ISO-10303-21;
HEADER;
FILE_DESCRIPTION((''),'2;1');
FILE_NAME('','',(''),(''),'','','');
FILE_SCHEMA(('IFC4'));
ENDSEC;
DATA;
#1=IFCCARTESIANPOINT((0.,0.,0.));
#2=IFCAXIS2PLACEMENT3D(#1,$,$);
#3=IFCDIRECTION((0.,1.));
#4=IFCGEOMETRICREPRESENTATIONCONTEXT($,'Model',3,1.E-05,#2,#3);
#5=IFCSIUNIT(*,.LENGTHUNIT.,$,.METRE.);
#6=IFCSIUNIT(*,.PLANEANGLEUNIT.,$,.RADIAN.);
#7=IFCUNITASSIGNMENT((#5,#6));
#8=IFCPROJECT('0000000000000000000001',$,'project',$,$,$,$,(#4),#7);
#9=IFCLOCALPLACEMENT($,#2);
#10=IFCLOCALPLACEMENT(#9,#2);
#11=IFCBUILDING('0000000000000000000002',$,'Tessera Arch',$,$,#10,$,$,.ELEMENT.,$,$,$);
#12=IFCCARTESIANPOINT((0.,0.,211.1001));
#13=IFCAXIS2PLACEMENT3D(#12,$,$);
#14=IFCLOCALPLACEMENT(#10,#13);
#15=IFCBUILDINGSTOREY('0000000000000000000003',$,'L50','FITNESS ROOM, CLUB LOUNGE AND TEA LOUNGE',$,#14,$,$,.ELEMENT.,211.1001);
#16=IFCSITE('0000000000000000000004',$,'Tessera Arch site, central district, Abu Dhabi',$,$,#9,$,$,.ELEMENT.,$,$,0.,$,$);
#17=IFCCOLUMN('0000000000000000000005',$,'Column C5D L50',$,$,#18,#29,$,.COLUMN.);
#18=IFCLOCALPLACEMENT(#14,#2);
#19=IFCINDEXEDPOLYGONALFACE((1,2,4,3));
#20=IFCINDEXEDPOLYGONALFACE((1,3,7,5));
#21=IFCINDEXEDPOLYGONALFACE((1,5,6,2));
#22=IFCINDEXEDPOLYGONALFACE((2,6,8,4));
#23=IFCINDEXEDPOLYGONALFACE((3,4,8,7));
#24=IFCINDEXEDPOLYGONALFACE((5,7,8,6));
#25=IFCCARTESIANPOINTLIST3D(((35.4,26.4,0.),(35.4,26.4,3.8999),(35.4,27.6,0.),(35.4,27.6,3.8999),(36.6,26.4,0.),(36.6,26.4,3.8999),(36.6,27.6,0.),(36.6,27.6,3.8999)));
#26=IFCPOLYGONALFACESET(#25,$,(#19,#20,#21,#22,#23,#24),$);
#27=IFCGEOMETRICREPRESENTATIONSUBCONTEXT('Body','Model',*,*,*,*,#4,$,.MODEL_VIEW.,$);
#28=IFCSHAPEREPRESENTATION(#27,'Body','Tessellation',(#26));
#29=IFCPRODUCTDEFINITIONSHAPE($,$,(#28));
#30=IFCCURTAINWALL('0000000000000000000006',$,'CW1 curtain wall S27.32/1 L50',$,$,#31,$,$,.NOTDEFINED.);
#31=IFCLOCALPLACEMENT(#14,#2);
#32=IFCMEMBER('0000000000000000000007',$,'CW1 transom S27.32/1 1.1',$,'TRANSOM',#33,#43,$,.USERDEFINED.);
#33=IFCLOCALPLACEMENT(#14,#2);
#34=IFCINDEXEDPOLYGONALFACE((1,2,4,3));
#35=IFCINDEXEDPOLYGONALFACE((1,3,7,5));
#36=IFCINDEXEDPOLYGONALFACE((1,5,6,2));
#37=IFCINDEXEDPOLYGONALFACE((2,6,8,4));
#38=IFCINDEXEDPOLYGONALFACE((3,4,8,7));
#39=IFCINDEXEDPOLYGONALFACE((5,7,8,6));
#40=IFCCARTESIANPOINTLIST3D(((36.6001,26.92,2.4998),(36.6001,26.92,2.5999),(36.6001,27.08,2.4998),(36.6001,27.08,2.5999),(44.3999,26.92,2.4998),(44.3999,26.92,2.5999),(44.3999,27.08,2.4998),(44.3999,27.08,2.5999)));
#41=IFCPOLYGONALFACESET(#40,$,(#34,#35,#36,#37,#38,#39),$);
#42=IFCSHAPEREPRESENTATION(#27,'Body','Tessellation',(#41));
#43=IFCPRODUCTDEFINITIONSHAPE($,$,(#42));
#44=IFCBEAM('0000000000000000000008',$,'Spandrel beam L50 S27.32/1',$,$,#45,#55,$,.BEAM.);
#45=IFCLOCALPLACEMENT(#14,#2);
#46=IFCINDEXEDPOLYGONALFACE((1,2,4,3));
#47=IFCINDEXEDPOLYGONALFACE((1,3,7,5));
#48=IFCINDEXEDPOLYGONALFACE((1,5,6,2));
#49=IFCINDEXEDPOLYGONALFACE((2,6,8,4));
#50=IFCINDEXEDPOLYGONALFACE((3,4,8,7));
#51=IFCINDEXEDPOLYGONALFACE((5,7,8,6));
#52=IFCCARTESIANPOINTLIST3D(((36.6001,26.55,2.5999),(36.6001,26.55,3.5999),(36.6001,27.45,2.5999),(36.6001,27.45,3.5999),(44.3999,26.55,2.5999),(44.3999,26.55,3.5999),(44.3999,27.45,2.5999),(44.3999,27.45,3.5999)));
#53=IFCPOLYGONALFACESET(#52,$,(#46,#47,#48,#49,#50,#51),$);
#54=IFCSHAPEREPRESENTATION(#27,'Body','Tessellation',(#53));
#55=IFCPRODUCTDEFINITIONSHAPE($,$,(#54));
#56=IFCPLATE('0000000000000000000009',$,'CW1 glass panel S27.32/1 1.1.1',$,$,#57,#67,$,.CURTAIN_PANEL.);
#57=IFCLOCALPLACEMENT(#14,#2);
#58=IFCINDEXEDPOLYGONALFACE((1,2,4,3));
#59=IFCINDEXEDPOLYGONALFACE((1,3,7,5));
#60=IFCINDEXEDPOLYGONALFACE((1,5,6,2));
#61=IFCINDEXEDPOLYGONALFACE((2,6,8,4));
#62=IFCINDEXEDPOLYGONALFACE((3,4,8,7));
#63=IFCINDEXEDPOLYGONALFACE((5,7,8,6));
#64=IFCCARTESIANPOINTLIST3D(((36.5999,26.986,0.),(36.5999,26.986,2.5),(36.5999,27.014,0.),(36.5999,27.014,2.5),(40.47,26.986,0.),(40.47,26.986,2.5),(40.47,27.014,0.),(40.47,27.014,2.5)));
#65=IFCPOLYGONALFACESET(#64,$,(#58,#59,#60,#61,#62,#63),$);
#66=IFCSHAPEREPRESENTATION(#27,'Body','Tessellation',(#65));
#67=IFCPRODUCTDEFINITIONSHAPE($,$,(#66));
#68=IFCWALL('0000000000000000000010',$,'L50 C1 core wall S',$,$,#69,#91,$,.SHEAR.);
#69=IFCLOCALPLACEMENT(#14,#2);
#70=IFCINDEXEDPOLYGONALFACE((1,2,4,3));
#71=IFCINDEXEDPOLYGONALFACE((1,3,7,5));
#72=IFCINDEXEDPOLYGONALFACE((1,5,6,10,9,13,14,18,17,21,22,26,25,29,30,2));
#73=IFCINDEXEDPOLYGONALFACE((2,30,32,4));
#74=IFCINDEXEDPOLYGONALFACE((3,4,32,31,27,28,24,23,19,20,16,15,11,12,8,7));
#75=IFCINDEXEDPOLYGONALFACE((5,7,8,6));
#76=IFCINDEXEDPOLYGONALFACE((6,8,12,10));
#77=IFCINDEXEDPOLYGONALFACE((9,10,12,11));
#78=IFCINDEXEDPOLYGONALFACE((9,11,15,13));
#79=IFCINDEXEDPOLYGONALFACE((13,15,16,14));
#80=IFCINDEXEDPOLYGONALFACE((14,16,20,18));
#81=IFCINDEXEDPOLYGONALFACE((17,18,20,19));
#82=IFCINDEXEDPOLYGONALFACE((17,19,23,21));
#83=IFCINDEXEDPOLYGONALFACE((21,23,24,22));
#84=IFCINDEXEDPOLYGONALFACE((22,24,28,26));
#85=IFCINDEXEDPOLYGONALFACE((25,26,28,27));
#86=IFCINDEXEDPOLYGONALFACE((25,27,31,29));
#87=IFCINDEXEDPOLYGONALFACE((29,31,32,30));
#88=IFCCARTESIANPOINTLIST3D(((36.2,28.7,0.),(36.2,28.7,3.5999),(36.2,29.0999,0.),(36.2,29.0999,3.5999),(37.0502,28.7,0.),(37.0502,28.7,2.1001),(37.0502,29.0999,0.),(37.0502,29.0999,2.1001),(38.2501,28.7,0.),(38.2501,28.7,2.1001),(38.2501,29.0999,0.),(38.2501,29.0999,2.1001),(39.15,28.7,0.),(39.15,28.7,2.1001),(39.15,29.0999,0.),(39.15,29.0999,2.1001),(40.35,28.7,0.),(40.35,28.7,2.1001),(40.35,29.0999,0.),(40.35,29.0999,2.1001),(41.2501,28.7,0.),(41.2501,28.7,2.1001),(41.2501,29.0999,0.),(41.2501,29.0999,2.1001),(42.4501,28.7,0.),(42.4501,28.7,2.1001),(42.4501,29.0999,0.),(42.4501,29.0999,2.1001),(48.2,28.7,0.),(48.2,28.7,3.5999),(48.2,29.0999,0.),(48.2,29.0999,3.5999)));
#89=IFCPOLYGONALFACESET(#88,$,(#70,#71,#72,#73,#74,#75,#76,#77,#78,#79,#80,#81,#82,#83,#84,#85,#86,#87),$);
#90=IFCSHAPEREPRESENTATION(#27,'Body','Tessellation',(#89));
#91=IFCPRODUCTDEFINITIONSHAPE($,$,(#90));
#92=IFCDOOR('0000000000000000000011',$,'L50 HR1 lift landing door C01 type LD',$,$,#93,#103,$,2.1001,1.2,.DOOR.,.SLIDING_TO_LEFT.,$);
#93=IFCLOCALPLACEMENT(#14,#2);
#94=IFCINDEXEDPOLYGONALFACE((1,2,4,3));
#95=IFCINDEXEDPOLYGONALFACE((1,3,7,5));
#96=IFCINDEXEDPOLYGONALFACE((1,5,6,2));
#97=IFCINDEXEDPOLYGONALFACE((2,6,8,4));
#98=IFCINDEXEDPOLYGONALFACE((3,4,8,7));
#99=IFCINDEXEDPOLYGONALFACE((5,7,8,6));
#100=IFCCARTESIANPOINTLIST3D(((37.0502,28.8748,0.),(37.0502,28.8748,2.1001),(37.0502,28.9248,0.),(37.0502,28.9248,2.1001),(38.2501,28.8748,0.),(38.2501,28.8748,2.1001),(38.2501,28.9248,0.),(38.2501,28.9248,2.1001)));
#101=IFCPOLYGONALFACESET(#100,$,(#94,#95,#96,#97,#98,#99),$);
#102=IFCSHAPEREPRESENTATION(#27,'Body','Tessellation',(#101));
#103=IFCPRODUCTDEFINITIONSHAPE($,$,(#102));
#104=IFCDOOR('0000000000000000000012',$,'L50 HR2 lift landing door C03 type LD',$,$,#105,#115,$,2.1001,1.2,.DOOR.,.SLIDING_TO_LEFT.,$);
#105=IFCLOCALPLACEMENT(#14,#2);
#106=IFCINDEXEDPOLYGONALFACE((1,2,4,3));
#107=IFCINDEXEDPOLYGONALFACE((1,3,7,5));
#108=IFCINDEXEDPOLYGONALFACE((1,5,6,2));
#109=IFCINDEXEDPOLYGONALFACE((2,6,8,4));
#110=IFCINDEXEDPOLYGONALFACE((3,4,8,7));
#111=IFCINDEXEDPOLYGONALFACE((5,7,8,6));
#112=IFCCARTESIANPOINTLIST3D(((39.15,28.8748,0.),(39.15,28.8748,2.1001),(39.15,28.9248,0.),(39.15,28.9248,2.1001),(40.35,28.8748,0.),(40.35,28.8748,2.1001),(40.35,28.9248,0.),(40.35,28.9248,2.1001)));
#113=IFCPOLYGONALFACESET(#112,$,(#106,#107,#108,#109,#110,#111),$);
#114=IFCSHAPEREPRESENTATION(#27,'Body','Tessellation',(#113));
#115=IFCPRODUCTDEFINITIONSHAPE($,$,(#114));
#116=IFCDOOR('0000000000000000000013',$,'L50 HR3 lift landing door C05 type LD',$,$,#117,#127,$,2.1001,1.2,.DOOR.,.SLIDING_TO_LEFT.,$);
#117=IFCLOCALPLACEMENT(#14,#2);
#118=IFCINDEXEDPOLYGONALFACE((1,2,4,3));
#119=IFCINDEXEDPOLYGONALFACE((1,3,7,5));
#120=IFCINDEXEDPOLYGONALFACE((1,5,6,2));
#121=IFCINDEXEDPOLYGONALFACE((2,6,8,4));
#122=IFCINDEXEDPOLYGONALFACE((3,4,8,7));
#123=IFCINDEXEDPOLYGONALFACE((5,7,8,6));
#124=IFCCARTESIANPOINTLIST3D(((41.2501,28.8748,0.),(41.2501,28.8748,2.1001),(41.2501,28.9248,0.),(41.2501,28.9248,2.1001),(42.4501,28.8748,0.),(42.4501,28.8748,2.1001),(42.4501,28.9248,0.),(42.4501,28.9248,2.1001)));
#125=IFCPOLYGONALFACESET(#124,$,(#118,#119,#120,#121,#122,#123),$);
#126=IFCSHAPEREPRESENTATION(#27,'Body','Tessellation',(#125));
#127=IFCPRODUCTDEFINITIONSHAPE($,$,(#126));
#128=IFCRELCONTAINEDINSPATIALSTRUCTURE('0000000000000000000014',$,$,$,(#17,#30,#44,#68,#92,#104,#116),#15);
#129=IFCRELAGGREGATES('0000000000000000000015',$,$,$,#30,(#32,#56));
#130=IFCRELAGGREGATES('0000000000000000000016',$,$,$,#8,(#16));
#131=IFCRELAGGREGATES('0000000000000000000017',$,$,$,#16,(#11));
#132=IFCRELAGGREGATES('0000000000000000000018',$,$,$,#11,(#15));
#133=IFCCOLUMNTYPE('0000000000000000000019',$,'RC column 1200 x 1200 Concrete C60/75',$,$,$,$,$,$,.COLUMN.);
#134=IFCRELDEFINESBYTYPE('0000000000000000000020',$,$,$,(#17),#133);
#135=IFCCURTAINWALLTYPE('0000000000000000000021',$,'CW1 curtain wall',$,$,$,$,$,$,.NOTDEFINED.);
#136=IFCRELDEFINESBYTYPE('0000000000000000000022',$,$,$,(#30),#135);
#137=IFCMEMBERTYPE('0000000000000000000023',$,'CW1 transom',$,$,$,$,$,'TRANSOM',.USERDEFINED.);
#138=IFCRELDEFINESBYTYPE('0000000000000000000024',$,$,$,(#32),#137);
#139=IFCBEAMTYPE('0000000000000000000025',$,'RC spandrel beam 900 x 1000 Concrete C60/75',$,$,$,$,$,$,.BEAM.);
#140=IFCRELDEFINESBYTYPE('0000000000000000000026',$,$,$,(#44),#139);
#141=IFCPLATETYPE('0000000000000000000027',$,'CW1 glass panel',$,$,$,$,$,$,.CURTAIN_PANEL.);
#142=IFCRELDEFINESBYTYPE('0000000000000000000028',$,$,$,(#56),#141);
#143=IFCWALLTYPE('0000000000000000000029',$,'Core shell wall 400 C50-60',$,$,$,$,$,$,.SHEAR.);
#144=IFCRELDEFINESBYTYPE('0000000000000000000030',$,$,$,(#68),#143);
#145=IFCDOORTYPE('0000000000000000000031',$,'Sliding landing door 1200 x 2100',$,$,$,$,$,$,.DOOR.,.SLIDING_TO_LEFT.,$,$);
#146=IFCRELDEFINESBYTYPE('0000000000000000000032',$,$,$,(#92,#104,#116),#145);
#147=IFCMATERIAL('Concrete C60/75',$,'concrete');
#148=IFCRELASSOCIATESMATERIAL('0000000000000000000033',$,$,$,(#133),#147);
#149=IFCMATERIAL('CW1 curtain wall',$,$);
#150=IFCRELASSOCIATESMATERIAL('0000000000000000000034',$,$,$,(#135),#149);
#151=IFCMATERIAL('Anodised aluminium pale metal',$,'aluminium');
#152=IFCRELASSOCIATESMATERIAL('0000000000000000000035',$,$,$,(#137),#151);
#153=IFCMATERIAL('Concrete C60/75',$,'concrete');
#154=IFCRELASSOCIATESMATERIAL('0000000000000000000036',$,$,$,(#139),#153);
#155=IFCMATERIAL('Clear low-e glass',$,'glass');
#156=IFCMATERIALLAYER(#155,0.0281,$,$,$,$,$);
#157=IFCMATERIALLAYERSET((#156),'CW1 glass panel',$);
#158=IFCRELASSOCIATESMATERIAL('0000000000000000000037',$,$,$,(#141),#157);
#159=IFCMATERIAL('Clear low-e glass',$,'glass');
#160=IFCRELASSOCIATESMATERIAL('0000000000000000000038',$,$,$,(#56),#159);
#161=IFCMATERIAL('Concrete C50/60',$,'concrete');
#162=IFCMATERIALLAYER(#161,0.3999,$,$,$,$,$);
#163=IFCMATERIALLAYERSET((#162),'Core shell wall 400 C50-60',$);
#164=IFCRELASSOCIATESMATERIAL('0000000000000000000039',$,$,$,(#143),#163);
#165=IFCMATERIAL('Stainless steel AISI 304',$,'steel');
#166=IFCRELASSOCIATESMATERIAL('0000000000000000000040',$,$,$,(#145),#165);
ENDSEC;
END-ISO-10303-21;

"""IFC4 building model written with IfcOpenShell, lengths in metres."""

from ifc_helpers import new_model, si_unit, direction, frame, frame_2d, origin, origin_2d, place, context, subcontext, project, spatial, rectangle, extrude, material, layer, layer_set, material_profile, profile_set, type_object, element, fill, aggregate, save


model = new_model("IFC4")

# Units and contexts
model_context = context("Model", 3, precision=1e-05, world=origin(), true_north=direction((0.0, 1.0)))
body_context = subcontext(model_context, "Body", "Model", "MODEL_VIEW")
ifc_project = project(units=[si_unit("LENGTHUNIT", "METRE"), si_unit("PLANEANGLEUNIT", "RADIAN")], contexts=[model_context])

# Site, building, storey
site_placement = place(None, origin())
site = spatial("IfcSite", under=ifc_project, at=site_placement, Name="Tessera Arch site, central district, Abu Dhabi", CompositionType="ELEMENT", RefElevation=0.0)
building_placement = place(site_placement, origin())
building = spatial("IfcBuilding", under=site, at=building_placement, Name="Tessera Arch", CompositionType="ELEMENT")
storey_placement = place(building_placement, frame((0.0, 0.0, 211.1001)))
storey = spatial("IfcBuildingStorey", under=building, at=storey_placement, Name="L50", Description="FITNESS ROOM, CLUB LOUNGE AND TEA LOUNGE", CompositionType="ELEMENT", Elevation=211.1001)

# Column
ifc_material_1 = material(Name="Concrete C60/75", Category="concrete")
ifc_material_profile_1 = material_profile(ifc_material_1, rectangle(XDim=1.2, YDim=1.2, at=origin_2d()), Name="RC column 1200 x 1200 Concrete C60/75")
ifc_profile_set_1 = profile_set([ifc_material_profile_1], Name="Concrete C60/75")
column_type = type_object("IfcColumnType", Name="RC column 1200 x 1200 Concrete C60/75", PredefinedType="COLUMN", material=ifc_profile_set_1)
column_placement = place(storey_placement, frame((36.0, 27.0, 0.0), z_axis=(0.0, 0.0, 1.0), x_axis=(1.0, 0.0, 0.0)))
element("IfcColumn", 1, at=column_placement, inside=storey, type_object=column_type, Name="Column C5D L50", PredefinedType="COLUMN", context=body_context, shape_type="SweptSolid", body=[
    extrude(rectangle(XDim=1.2, YDim=1.2, at=origin_2d()), origin(), (0.0, 0.0, 1.0), 3.8999),
])

# Curtain wall, member
ifc_material_2 = material(Name="CW1 curtain wall")
curtain_wall_type = type_object("IfcCurtainWallType", Name="CW1 curtain wall", PredefinedType="NOTDEFINED", material=ifc_material_2)
curtain_wall_placement = place(storey_placement, origin())
curtain_wall = element("IfcCurtainWall", 2, at=curtain_wall_placement, inside=storey, type_object=curtain_wall_type, Name="CW1 curtain wall S27.32/1 L50", PredefinedType="NOTDEFINED")
ifc_material_3 = material(Name="Anodised aluminium pale metal", Category="aluminium")
ifc_material_profile_2 = material_profile(ifc_material_3, rectangle(XDim=0.1599, YDim=0.1001, at=origin_2d()), Name="AL 160x100")
ifc_profile_set_2 = profile_set([ifc_material_profile_2], Name="Anodised aluminium pale metal")
member_type = type_object("IfcMemberType", Name="CW1 transom", ElementType="TRANSOM", PredefinedType="USERDEFINED", material=ifc_profile_set_2)
member_placement = place(storey_placement, frame((36.6001, 27.0, 2.5498), z_axis=(1.0, 0.0, 0.0), x_axis=(0.0, 1.0, 0.0)))
member = element("IfcMember", 3, at=member_placement, type_object=member_type, Name="CW1 transom S27.32/1 1.1", ObjectType="TRANSOM", PredefinedType="USERDEFINED", context=body_context, shape_type="SweptSolid", body=[
    extrude(rectangle(XDim=0.1599, YDim=0.1001, at=origin_2d()), origin(), (0.0, 0.0, 1.0), 7.7998),
])

# Beam
ifc_material_4 = material(Name="Concrete C60/75", Category="concrete")
ifc_material_profile_3 = material_profile(ifc_material_4, rectangle(XDim=0.8999, YDim=1.0, at=origin_2d()), Name="RC spandrel beam 900 x 1000 Concrete C60/75")
ifc_profile_set_3 = profile_set([ifc_material_profile_3], Name="Concrete C60/75")
beam_type = type_object("IfcBeamType", Name="RC spandrel beam 900 x 1000 Concrete C60/75", PredefinedType="BEAM", material=ifc_profile_set_3)
beam_placement = place(storey_placement, frame((36.6001, 27.0, 3.0999), z_axis=(1.0, 0.0, 0.0), x_axis=(0.0, 1.0, 0.0)))
element("IfcBeam", 4, at=beam_placement, inside=storey, type_object=beam_type, Name="Spandrel beam L50 S27.32/1", PredefinedType="BEAM", context=body_context, shape_type="SweptSolid", body=[
    extrude(rectangle(XDim=0.8999, YDim=1.0, at=origin_2d()), origin(), (0.0, 0.0, 1.0), 7.7998),
])

# Plate
ifc_material_5 = material(Name="Clear low-e glass", Category="glass")
ifc_material_6 = material(Name="Clear low-e glass", Category="glass")
ifc_layer_1 = layer(ifc_material_6, 0.0281)
ifc_layer_set_1 = layer_set([ifc_layer_1], Name="CW1 glass panel")
plate_type = type_object("IfcPlateType", Name="CW1 glass panel", PredefinedType="CURTAIN_PANEL", material=ifc_layer_set_1)
plate_placement = place(storey_placement, frame((38.5349, 27.0, 0.0), z_axis=(0.0, 0.0, 1.0), x_axis=(1.0, 0.0, 0.0)))
plate = element("IfcPlate", 5, at=plate_placement, type_object=plate_type, material=ifc_material_5, Name="CW1 glass panel S27.32/1 1.1.1", PredefinedType="CURTAIN_PANEL", context=body_context, shape_type="SweptSolid", body=[
    extrude(rectangle(XDim=3.8701, YDim=0.0281, at=origin_2d()), origin(), (0.0, 0.0, 1.0), 2.5),
])
aggregate(curtain_wall, [member, plate])

# Wall, openings, doors
ifc_material_7 = material(Name="Concrete C50/60", Category="concrete")
ifc_layer_2 = layer(ifc_material_7, 0.3999)
ifc_layer_set_2 = layer_set([ifc_layer_2], Name="Core shell wall 400 C50-60")
wall_type_1 = type_object("IfcWallType", Name="Core shell wall 400 C50-60", PredefinedType="SHEAR", material=ifc_layer_set_2)
wall_1_placement = place(storey_placement, frame((36.2, 28.8999, 0.0), z_axis=(0.0, 0.0, 1.0), x_axis=(1.0, 0.0, 0.0)))
wall_1 = element("IfcWall", 6, at=wall_1_placement, inside=storey, type_object=wall_type_1, Name="L50 C1 core wall S", PredefinedType="SHEAR", context=body_context, shape_type="SweptSolid", body=[
    extrude(rectangle(XDim=12.0, YDim=0.3999, at=frame_2d((6.0, 0.0))), origin(), (0.0, 0.0, 1.0), 3.5999),
])
opening_1_placement = place(wall_1_placement, frame((0.8501, 0.0, 0.0)))
opening_1 = element("IfcOpeningElement", 7, at=opening_1_placement, cuts=wall_1, PredefinedType="OPENING", context=body_context, shape_type="SweptSolid", body=[
    extrude(rectangle(XDim=1.2, YDim=2.1001, at=frame_2d((0.6001, 1.05))), frame((0.0, 0.21, 0.0), z_axis=(0.0, -1.0, 0.0), x_axis=(1.0, 0.0, 0.0)), (0.0, 0.0, 1.0), 0.4199),
])
opening_2_placement = place(wall_1_placement, frame((2.95, 0.0, 0.0)))
opening_2 = element("IfcOpeningElement", 8, at=opening_2_placement, cuts=wall_1, PredefinedType="OPENING", context=body_context, shape_type="SweptSolid", body=[
    extrude(rectangle(XDim=1.2, YDim=2.1001, at=frame_2d((0.6001, 1.05))), frame((0.0, 0.21, 0.0), z_axis=(0.0, -1.0, 0.0), x_axis=(1.0, 0.0, 0.0)), (0.0, 0.0, 1.0), 0.4199),
])
opening_3_placement = place(wall_1_placement, frame((5.05, 0.0, 0.0)))
opening_3 = element("IfcOpeningElement", 9, at=opening_3_placement, cuts=wall_1, PredefinedType="OPENING", context=body_context, shape_type="SweptSolid", body=[
    extrude(rectangle(XDim=1.2, YDim=2.1001, at=frame_2d((0.6001, 1.05))), frame((0.0, 0.21, 0.0), z_axis=(0.0, -1.0, 0.0), x_axis=(1.0, 0.0, 0.0)), (0.0, 0.0, 1.0), 0.4199),
])
ifc_material_8 = material(Name="Stainless steel AISI 304", Category="steel")
door_type_1 = type_object("IfcDoorType", Name="Sliding landing door 1200 x 2100", OperationType="SLIDING_TO_LEFT", PredefinedType="DOOR", material=ifc_material_8)
door_1_placement = place(opening_1_placement, origin())
door_1 = element("IfcDoor", 10, at=door_1_placement, inside=storey, type_object=door_type_1, Name="L50 HR1 lift landing door C01 type LD", OperationType="SLIDING_TO_LEFT", OverallHeight=2.1001, OverallWidth=1.2, PredefinedType="DOOR", context=body_context, shape_type="SweptSolid", body=[
    extrude(rectangle(XDim=1.2, YDim=2.1001, at=frame_2d((0.6001, 1.05))), frame((0.0, 0.0249, 0.0), z_axis=(0.0, -1.0, 0.0), x_axis=(1.0, 0.0, 0.0)), (0.0, 0.0, 1.0), 0.05),
])
fill(opening_1, door_1)
door_2_placement = place(opening_2_placement, origin())
door_2 = element("IfcDoor", 11, at=door_2_placement, inside=storey, type_object=door_type_1, Name="L50 HR2 lift landing door C03 type LD", OperationType="SLIDING_TO_LEFT", OverallHeight=2.1001, OverallWidth=1.2, PredefinedType="DOOR", context=body_context, shape_type="SweptSolid", body=[
    extrude(rectangle(XDim=1.2, YDim=2.1001, at=frame_2d((0.6001, 1.05))), frame((0.0, 0.0249, 0.0), z_axis=(0.0, -1.0, 0.0), x_axis=(1.0, 0.0, 0.0)), (0.0, 0.0, 1.0), 0.05),
])
fill(opening_2, door_2)
door_3_placement = place(opening_3_placement, origin())
door_3 = element("IfcDoor", 12, at=door_3_placement, inside=storey, type_object=door_type_1, Name="L50 HR3 lift landing door C05 type LD", OperationType="SLIDING_TO_LEFT", OverallHeight=2.1001, OverallWidth=1.2, PredefinedType="DOOR", context=body_context, shape_type="SweptSolid", body=[
    extrude(rectangle(XDim=1.2, YDim=2.1001, at=frame_2d((0.6001, 1.05))), frame((0.0, 0.0249, 0.0), z_axis=(0.0, -1.0, 0.0), x_axis=(1.0, 0.0, 0.0)), (0.0, 0.0, 1.0), 0.05),
])
fill(opening_3, door_3)

save(model, "model.ifc")
